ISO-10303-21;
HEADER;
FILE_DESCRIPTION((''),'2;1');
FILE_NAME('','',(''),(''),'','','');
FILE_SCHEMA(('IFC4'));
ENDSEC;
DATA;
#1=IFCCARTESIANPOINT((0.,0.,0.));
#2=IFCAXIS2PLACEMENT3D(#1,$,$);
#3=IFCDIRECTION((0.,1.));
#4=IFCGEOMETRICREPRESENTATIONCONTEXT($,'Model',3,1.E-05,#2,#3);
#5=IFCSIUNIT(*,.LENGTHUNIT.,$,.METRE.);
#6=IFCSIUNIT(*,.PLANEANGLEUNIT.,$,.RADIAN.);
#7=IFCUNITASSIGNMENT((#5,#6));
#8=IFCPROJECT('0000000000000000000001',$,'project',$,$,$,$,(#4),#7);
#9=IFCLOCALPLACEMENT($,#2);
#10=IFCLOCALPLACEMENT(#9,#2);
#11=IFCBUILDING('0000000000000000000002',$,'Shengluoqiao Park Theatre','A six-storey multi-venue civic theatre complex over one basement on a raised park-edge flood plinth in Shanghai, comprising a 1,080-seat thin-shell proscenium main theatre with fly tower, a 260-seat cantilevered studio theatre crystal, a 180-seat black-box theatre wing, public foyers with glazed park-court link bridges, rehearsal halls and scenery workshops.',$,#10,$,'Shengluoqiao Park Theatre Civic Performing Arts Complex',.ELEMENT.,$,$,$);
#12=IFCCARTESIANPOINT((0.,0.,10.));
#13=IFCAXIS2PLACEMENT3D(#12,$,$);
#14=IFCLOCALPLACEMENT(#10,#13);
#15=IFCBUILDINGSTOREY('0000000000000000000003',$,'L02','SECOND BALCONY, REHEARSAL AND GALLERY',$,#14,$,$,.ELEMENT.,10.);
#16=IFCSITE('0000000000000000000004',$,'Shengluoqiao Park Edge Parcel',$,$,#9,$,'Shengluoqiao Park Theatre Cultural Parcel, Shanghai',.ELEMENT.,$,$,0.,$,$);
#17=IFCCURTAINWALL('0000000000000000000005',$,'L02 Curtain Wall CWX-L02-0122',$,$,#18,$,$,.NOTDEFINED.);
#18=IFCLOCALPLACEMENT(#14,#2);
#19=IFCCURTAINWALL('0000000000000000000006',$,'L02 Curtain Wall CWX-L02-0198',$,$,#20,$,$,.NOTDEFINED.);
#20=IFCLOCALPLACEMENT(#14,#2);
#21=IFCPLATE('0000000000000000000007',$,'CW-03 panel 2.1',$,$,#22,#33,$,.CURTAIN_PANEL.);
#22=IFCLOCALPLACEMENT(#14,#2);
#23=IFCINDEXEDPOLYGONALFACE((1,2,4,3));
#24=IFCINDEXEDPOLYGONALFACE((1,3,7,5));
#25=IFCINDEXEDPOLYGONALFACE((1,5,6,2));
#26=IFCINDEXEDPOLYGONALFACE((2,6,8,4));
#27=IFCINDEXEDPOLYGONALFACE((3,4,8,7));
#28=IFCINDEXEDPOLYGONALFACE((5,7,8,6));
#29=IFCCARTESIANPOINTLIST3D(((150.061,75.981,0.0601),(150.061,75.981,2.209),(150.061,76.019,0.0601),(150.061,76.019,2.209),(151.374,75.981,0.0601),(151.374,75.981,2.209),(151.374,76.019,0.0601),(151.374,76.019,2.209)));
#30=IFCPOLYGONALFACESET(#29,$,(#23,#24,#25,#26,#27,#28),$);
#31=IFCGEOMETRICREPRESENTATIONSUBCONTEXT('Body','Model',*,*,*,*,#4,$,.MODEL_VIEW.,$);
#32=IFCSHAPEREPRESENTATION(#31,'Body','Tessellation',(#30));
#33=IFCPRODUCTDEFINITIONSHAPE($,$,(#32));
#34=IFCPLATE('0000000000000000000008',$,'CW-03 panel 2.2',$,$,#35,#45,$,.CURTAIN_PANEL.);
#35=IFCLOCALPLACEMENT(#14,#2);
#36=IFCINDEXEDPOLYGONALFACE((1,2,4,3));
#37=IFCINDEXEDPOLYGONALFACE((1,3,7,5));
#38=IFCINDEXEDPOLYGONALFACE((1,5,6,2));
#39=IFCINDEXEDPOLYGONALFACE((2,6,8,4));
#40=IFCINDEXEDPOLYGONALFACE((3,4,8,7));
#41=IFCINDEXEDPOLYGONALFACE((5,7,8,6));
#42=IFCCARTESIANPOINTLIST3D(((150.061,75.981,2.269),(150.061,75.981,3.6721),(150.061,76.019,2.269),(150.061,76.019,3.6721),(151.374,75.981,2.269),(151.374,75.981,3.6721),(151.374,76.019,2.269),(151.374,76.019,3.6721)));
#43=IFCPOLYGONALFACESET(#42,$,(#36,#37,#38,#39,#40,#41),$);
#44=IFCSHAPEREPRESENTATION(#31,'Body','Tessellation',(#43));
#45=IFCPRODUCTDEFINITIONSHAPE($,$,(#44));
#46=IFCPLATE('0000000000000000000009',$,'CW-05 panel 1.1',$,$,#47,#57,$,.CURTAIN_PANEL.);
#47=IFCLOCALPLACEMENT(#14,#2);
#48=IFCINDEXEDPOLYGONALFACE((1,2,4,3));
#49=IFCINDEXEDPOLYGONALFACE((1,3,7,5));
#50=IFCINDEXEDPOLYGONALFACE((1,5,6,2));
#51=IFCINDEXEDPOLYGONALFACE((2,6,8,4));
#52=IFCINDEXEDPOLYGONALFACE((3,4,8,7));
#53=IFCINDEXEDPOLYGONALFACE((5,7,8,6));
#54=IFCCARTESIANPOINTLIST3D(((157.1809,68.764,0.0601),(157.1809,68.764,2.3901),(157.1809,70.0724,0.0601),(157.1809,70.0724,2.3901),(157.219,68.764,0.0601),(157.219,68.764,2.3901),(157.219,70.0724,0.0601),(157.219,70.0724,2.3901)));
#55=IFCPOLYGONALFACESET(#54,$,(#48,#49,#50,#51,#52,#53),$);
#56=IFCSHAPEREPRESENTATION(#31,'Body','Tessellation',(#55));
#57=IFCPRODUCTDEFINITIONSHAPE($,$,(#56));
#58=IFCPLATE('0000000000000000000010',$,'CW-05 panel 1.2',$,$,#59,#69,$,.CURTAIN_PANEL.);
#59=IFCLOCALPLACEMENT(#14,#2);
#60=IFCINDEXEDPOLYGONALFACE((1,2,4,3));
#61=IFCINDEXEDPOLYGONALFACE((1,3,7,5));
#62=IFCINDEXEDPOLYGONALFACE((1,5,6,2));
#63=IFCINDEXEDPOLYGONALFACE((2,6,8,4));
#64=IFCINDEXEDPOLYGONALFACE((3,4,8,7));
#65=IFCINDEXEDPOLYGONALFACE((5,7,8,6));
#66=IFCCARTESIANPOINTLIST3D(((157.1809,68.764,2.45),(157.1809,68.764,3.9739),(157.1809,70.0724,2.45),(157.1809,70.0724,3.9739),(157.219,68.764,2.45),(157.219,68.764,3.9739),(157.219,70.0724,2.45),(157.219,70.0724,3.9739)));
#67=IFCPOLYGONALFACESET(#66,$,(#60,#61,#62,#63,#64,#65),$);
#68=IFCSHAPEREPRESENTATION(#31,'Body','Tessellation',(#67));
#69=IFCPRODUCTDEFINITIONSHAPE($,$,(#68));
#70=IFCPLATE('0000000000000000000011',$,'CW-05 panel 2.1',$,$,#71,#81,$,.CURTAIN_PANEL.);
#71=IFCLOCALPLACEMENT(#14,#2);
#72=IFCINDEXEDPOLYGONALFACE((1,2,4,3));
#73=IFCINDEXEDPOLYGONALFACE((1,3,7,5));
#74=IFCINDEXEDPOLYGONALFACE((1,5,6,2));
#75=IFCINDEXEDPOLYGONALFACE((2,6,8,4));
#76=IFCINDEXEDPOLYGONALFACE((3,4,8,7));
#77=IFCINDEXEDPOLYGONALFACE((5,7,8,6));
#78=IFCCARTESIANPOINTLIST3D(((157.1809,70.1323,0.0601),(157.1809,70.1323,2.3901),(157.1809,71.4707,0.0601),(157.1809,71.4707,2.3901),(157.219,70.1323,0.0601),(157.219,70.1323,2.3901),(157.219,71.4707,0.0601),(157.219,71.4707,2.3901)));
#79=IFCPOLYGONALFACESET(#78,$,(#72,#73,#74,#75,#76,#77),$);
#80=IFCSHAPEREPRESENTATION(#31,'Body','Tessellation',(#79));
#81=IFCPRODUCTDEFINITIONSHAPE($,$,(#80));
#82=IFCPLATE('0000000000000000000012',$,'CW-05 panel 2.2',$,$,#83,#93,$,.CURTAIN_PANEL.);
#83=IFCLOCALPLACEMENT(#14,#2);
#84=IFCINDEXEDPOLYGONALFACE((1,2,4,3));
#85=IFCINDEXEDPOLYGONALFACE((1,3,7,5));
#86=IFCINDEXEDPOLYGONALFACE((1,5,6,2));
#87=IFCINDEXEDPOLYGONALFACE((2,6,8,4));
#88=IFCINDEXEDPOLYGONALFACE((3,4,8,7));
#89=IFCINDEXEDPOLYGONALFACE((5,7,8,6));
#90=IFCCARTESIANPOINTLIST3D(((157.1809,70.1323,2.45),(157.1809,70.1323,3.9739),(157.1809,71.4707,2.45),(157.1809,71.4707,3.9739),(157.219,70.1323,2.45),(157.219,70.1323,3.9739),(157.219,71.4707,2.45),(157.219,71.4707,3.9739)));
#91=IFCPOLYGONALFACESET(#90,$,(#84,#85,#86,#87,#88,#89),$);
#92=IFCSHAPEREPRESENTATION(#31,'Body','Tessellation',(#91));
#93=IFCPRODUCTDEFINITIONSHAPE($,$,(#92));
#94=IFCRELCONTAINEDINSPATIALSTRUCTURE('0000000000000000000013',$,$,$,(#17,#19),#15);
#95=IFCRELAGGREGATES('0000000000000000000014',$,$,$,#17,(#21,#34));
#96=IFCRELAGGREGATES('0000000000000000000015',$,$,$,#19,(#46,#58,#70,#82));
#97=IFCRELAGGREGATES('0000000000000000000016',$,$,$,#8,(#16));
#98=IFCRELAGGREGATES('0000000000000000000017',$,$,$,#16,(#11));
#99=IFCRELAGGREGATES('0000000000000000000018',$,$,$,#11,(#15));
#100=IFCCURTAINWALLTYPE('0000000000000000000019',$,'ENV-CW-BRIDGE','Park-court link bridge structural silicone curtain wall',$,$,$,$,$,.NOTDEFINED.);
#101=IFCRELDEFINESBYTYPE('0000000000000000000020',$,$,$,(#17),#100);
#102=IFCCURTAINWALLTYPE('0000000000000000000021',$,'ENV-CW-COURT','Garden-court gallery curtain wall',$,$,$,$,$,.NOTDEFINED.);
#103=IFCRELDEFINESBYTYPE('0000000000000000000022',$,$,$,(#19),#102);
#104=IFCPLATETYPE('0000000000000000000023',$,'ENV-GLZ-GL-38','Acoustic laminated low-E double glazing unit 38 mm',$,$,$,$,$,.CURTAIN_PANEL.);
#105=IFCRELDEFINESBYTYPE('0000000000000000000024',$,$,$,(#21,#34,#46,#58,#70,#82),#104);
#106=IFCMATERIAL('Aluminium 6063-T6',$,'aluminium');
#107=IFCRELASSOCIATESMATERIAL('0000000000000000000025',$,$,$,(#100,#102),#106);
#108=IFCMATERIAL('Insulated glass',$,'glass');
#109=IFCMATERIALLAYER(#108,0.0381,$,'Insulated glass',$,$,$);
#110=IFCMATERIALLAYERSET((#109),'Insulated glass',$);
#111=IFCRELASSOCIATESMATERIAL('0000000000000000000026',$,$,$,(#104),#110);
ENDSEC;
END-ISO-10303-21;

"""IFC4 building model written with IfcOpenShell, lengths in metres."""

from ifc_helpers import new_model, si_unit, direction, frame, origin, origin_2d, place, context, subcontext, project, spatial, rectangle, extrude, material, layer, layer_set, type_object, element, aggregate, save


model = new_model("IFC4")

# Units and contexts
model_context = context("Model", 3, precision=1e-05, world=origin(), true_north=direction((0.0, 1.0)))
body_context = subcontext(model_context, "Body", "Model", "MODEL_VIEW")
ifc_project = project(units=[si_unit("LENGTHUNIT", "METRE"), si_unit("PLANEANGLEUNIT", "RADIAN")], contexts=[model_context])

# Site, building, storey
site_placement = place(None, origin())
site = spatial("IfcSite", under=ifc_project, at=site_placement, Name="Shengluoqiao Park Edge Parcel", LongName="Shengluoqiao Park Theatre Cultural Parcel, Shanghai", CompositionType="ELEMENT", RefElevation=0.0)
building_placement = place(site_placement, origin())
building = spatial("IfcBuilding", under=site, at=building_placement, Name="Shengluoqiao Park Theatre", Description="A six-storey multi-venue civic theatre complex over one basement on a raised park-edge flood plinth in Shanghai, comprising a 1,080-seat thin-shell proscenium main theatre with fly tower, a 260-seat cantilevered studio theatre crystal, a 180-seat black-box theatre wing, public foyers with glazed park-court link bridges, rehearsal halls and scenery workshops.", LongName="Shengluoqiao Park Theatre Civic Performing Arts Complex", CompositionType="ELEMENT")
storey_placement = place(building_placement, frame((0.0, 0.0, 10.0)))
storey = spatial("IfcBuildingStorey", under=building, at=storey_placement, Name="L02", Description="SECOND BALCONY, REHEARSAL AND GALLERY", CompositionType="ELEMENT", Elevation=10.0)

# Curtain walls
ifc_material_1 = material(Name="Aluminium 6063-T6", Category="aluminium")
curtain_wall_type_1 = type_object("IfcCurtainWallType", Name="ENV-CW-BRIDGE", Description="Park-court link bridge structural silicone curtain wall", PredefinedType="NOTDEFINED", material=ifc_material_1)
curtain_wall_1_placement = place(storey_placement, origin())
curtain_wall_1 = element("IfcCurtainWall", 1, at=curtain_wall_1_placement, inside=storey, type_object=curtain_wall_type_1, Name="L02 Curtain Wall CWX-L02-0122", PredefinedType="NOTDEFINED")
curtain_wall_type_2 = type_object("IfcCurtainWallType", Name="ENV-CW-COURT", Description="Garden-court gallery curtain wall", PredefinedType="NOTDEFINED", material=ifc_material_1)
curtain_wall_2_placement = place(storey_placement, origin())
curtain_wall_2 = element("IfcCurtainWall", 2, at=curtain_wall_2_placement, inside=storey, type_object=curtain_wall_type_2, Name="L02 Curtain Wall CWX-L02-0198", PredefinedType="NOTDEFINED")

# Plates
ifc_material_2 = material(Name="Insulated glass", Category="glass")
ifc_layer = layer(ifc_material_2, 0.0381, Name="Insulated glass")
ifc_layer_set = layer_set([ifc_layer], Name="Insulated glass")
plate_type = type_object("IfcPlateType", Name="ENV-GLZ-GL-38", Description="Acoustic laminated low-E double glazing unit 38 mm", PredefinedType="CURTAIN_PANEL", material=ifc_layer_set)
plate_1_placement = place(storey_placement, frame((150.7175, 76.0, 0.0601), z_axis=(0.0, 0.0, 1.0), x_axis=(1.0, 0.0, 0.0)))
plate_1 = element("IfcPlate", 3, at=plate_1_placement, type_object=plate_type, Name="CW-03 panel 2.1", PredefinedType="CURTAIN_PANEL", context=body_context, shape_type="SweptSolid", body=[
    extrude(rectangle(XDim=1.313, YDim=0.0381, at=origin_2d()), origin(), (0.0, 0.0, 1.0), 2.1489),
])
plate_2_placement = place(storey_placement, frame((150.7175, 76.0, 2.269), z_axis=(0.0, 0.0, 1.0), x_axis=(1.0, 0.0, 0.0)))
plate_2 = element("IfcPlate", 4, at=plate_2_placement, type_object=plate_type, Name="CW-03 panel 2.2", PredefinedType="CURTAIN_PANEL", context=body_context, shape_type="SweptSolid", body=[
    extrude(rectangle(XDim=1.313, YDim=0.0381, at=origin_2d()), origin(), (0.0, 0.0, 1.0), 1.4031),
])
aggregate(curtain_wall_1, [plate_1, plate_2])
plate_3_placement = place(storey_placement, frame((157.2, 69.4182, 0.0601), z_axis=(0.0, 0.0, 1.0), x_axis=(0.0, 1.0, 0.0)))
plate_3 = element("IfcPlate", 5, at=plate_3_placement, type_object=plate_type, Name="CW-05 panel 1.1", PredefinedType="CURTAIN_PANEL", context=body_context, shape_type="SweptSolid", body=[
    extrude(rectangle(XDim=1.3083, YDim=0.0381, at=origin_2d()), origin(), (0.0, 0.0, 1.0), 2.3301),
])
plate_4_placement = place(storey_placement, frame((157.2, 69.4182, 2.45), z_axis=(0.0, 0.0, 1.0), x_axis=(0.0, 1.0, 0.0)))
plate_4 = element("IfcPlate", 6, at=plate_4_placement, type_object=plate_type, Name="CW-05 panel 1.2", PredefinedType="CURTAIN_PANEL", context=body_context, shape_type="SweptSolid", body=[
    extrude(rectangle(XDim=1.3083, YDim=0.0381, at=origin_2d()), origin(), (0.0, 0.0, 1.0), 1.5239),
])
plate_5_placement = place(storey_placement, frame((157.2, 70.8015, 0.0601), z_axis=(0.0, 0.0, 1.0), x_axis=(0.0, 1.0, 0.0)))
plate_5 = element("IfcPlate", 7, at=plate_5_placement, type_object=plate_type, Name="CW-05 panel 2.1", PredefinedType="CURTAIN_PANEL", context=body_context, shape_type="SweptSolid", body=[
    extrude(rectangle(XDim=1.3384, YDim=0.0381, at=origin_2d()), origin(), (0.0, 0.0, 1.0), 2.3301),
])
plate_6_placement = place(storey_placement, frame((157.2, 70.8015, 2.45), z_axis=(0.0, 0.0, 1.0), x_axis=(0.0, 1.0, 0.0)))
plate_6 = element("IfcPlate", 8, at=plate_6_placement, type_object=plate_type, Name="CW-05 panel 2.2", PredefinedType="CURTAIN_PANEL", context=body_context, shape_type="SweptSolid", body=[
    extrude(rectangle(XDim=1.3384, YDim=0.0381, at=origin_2d()), origin(), (0.0, 0.0, 1.0), 1.5239),
])
aggregate(curtain_wall_2, [plate_3, plate_4, plate_5, plate_6])

save(model, "model.ifc")
